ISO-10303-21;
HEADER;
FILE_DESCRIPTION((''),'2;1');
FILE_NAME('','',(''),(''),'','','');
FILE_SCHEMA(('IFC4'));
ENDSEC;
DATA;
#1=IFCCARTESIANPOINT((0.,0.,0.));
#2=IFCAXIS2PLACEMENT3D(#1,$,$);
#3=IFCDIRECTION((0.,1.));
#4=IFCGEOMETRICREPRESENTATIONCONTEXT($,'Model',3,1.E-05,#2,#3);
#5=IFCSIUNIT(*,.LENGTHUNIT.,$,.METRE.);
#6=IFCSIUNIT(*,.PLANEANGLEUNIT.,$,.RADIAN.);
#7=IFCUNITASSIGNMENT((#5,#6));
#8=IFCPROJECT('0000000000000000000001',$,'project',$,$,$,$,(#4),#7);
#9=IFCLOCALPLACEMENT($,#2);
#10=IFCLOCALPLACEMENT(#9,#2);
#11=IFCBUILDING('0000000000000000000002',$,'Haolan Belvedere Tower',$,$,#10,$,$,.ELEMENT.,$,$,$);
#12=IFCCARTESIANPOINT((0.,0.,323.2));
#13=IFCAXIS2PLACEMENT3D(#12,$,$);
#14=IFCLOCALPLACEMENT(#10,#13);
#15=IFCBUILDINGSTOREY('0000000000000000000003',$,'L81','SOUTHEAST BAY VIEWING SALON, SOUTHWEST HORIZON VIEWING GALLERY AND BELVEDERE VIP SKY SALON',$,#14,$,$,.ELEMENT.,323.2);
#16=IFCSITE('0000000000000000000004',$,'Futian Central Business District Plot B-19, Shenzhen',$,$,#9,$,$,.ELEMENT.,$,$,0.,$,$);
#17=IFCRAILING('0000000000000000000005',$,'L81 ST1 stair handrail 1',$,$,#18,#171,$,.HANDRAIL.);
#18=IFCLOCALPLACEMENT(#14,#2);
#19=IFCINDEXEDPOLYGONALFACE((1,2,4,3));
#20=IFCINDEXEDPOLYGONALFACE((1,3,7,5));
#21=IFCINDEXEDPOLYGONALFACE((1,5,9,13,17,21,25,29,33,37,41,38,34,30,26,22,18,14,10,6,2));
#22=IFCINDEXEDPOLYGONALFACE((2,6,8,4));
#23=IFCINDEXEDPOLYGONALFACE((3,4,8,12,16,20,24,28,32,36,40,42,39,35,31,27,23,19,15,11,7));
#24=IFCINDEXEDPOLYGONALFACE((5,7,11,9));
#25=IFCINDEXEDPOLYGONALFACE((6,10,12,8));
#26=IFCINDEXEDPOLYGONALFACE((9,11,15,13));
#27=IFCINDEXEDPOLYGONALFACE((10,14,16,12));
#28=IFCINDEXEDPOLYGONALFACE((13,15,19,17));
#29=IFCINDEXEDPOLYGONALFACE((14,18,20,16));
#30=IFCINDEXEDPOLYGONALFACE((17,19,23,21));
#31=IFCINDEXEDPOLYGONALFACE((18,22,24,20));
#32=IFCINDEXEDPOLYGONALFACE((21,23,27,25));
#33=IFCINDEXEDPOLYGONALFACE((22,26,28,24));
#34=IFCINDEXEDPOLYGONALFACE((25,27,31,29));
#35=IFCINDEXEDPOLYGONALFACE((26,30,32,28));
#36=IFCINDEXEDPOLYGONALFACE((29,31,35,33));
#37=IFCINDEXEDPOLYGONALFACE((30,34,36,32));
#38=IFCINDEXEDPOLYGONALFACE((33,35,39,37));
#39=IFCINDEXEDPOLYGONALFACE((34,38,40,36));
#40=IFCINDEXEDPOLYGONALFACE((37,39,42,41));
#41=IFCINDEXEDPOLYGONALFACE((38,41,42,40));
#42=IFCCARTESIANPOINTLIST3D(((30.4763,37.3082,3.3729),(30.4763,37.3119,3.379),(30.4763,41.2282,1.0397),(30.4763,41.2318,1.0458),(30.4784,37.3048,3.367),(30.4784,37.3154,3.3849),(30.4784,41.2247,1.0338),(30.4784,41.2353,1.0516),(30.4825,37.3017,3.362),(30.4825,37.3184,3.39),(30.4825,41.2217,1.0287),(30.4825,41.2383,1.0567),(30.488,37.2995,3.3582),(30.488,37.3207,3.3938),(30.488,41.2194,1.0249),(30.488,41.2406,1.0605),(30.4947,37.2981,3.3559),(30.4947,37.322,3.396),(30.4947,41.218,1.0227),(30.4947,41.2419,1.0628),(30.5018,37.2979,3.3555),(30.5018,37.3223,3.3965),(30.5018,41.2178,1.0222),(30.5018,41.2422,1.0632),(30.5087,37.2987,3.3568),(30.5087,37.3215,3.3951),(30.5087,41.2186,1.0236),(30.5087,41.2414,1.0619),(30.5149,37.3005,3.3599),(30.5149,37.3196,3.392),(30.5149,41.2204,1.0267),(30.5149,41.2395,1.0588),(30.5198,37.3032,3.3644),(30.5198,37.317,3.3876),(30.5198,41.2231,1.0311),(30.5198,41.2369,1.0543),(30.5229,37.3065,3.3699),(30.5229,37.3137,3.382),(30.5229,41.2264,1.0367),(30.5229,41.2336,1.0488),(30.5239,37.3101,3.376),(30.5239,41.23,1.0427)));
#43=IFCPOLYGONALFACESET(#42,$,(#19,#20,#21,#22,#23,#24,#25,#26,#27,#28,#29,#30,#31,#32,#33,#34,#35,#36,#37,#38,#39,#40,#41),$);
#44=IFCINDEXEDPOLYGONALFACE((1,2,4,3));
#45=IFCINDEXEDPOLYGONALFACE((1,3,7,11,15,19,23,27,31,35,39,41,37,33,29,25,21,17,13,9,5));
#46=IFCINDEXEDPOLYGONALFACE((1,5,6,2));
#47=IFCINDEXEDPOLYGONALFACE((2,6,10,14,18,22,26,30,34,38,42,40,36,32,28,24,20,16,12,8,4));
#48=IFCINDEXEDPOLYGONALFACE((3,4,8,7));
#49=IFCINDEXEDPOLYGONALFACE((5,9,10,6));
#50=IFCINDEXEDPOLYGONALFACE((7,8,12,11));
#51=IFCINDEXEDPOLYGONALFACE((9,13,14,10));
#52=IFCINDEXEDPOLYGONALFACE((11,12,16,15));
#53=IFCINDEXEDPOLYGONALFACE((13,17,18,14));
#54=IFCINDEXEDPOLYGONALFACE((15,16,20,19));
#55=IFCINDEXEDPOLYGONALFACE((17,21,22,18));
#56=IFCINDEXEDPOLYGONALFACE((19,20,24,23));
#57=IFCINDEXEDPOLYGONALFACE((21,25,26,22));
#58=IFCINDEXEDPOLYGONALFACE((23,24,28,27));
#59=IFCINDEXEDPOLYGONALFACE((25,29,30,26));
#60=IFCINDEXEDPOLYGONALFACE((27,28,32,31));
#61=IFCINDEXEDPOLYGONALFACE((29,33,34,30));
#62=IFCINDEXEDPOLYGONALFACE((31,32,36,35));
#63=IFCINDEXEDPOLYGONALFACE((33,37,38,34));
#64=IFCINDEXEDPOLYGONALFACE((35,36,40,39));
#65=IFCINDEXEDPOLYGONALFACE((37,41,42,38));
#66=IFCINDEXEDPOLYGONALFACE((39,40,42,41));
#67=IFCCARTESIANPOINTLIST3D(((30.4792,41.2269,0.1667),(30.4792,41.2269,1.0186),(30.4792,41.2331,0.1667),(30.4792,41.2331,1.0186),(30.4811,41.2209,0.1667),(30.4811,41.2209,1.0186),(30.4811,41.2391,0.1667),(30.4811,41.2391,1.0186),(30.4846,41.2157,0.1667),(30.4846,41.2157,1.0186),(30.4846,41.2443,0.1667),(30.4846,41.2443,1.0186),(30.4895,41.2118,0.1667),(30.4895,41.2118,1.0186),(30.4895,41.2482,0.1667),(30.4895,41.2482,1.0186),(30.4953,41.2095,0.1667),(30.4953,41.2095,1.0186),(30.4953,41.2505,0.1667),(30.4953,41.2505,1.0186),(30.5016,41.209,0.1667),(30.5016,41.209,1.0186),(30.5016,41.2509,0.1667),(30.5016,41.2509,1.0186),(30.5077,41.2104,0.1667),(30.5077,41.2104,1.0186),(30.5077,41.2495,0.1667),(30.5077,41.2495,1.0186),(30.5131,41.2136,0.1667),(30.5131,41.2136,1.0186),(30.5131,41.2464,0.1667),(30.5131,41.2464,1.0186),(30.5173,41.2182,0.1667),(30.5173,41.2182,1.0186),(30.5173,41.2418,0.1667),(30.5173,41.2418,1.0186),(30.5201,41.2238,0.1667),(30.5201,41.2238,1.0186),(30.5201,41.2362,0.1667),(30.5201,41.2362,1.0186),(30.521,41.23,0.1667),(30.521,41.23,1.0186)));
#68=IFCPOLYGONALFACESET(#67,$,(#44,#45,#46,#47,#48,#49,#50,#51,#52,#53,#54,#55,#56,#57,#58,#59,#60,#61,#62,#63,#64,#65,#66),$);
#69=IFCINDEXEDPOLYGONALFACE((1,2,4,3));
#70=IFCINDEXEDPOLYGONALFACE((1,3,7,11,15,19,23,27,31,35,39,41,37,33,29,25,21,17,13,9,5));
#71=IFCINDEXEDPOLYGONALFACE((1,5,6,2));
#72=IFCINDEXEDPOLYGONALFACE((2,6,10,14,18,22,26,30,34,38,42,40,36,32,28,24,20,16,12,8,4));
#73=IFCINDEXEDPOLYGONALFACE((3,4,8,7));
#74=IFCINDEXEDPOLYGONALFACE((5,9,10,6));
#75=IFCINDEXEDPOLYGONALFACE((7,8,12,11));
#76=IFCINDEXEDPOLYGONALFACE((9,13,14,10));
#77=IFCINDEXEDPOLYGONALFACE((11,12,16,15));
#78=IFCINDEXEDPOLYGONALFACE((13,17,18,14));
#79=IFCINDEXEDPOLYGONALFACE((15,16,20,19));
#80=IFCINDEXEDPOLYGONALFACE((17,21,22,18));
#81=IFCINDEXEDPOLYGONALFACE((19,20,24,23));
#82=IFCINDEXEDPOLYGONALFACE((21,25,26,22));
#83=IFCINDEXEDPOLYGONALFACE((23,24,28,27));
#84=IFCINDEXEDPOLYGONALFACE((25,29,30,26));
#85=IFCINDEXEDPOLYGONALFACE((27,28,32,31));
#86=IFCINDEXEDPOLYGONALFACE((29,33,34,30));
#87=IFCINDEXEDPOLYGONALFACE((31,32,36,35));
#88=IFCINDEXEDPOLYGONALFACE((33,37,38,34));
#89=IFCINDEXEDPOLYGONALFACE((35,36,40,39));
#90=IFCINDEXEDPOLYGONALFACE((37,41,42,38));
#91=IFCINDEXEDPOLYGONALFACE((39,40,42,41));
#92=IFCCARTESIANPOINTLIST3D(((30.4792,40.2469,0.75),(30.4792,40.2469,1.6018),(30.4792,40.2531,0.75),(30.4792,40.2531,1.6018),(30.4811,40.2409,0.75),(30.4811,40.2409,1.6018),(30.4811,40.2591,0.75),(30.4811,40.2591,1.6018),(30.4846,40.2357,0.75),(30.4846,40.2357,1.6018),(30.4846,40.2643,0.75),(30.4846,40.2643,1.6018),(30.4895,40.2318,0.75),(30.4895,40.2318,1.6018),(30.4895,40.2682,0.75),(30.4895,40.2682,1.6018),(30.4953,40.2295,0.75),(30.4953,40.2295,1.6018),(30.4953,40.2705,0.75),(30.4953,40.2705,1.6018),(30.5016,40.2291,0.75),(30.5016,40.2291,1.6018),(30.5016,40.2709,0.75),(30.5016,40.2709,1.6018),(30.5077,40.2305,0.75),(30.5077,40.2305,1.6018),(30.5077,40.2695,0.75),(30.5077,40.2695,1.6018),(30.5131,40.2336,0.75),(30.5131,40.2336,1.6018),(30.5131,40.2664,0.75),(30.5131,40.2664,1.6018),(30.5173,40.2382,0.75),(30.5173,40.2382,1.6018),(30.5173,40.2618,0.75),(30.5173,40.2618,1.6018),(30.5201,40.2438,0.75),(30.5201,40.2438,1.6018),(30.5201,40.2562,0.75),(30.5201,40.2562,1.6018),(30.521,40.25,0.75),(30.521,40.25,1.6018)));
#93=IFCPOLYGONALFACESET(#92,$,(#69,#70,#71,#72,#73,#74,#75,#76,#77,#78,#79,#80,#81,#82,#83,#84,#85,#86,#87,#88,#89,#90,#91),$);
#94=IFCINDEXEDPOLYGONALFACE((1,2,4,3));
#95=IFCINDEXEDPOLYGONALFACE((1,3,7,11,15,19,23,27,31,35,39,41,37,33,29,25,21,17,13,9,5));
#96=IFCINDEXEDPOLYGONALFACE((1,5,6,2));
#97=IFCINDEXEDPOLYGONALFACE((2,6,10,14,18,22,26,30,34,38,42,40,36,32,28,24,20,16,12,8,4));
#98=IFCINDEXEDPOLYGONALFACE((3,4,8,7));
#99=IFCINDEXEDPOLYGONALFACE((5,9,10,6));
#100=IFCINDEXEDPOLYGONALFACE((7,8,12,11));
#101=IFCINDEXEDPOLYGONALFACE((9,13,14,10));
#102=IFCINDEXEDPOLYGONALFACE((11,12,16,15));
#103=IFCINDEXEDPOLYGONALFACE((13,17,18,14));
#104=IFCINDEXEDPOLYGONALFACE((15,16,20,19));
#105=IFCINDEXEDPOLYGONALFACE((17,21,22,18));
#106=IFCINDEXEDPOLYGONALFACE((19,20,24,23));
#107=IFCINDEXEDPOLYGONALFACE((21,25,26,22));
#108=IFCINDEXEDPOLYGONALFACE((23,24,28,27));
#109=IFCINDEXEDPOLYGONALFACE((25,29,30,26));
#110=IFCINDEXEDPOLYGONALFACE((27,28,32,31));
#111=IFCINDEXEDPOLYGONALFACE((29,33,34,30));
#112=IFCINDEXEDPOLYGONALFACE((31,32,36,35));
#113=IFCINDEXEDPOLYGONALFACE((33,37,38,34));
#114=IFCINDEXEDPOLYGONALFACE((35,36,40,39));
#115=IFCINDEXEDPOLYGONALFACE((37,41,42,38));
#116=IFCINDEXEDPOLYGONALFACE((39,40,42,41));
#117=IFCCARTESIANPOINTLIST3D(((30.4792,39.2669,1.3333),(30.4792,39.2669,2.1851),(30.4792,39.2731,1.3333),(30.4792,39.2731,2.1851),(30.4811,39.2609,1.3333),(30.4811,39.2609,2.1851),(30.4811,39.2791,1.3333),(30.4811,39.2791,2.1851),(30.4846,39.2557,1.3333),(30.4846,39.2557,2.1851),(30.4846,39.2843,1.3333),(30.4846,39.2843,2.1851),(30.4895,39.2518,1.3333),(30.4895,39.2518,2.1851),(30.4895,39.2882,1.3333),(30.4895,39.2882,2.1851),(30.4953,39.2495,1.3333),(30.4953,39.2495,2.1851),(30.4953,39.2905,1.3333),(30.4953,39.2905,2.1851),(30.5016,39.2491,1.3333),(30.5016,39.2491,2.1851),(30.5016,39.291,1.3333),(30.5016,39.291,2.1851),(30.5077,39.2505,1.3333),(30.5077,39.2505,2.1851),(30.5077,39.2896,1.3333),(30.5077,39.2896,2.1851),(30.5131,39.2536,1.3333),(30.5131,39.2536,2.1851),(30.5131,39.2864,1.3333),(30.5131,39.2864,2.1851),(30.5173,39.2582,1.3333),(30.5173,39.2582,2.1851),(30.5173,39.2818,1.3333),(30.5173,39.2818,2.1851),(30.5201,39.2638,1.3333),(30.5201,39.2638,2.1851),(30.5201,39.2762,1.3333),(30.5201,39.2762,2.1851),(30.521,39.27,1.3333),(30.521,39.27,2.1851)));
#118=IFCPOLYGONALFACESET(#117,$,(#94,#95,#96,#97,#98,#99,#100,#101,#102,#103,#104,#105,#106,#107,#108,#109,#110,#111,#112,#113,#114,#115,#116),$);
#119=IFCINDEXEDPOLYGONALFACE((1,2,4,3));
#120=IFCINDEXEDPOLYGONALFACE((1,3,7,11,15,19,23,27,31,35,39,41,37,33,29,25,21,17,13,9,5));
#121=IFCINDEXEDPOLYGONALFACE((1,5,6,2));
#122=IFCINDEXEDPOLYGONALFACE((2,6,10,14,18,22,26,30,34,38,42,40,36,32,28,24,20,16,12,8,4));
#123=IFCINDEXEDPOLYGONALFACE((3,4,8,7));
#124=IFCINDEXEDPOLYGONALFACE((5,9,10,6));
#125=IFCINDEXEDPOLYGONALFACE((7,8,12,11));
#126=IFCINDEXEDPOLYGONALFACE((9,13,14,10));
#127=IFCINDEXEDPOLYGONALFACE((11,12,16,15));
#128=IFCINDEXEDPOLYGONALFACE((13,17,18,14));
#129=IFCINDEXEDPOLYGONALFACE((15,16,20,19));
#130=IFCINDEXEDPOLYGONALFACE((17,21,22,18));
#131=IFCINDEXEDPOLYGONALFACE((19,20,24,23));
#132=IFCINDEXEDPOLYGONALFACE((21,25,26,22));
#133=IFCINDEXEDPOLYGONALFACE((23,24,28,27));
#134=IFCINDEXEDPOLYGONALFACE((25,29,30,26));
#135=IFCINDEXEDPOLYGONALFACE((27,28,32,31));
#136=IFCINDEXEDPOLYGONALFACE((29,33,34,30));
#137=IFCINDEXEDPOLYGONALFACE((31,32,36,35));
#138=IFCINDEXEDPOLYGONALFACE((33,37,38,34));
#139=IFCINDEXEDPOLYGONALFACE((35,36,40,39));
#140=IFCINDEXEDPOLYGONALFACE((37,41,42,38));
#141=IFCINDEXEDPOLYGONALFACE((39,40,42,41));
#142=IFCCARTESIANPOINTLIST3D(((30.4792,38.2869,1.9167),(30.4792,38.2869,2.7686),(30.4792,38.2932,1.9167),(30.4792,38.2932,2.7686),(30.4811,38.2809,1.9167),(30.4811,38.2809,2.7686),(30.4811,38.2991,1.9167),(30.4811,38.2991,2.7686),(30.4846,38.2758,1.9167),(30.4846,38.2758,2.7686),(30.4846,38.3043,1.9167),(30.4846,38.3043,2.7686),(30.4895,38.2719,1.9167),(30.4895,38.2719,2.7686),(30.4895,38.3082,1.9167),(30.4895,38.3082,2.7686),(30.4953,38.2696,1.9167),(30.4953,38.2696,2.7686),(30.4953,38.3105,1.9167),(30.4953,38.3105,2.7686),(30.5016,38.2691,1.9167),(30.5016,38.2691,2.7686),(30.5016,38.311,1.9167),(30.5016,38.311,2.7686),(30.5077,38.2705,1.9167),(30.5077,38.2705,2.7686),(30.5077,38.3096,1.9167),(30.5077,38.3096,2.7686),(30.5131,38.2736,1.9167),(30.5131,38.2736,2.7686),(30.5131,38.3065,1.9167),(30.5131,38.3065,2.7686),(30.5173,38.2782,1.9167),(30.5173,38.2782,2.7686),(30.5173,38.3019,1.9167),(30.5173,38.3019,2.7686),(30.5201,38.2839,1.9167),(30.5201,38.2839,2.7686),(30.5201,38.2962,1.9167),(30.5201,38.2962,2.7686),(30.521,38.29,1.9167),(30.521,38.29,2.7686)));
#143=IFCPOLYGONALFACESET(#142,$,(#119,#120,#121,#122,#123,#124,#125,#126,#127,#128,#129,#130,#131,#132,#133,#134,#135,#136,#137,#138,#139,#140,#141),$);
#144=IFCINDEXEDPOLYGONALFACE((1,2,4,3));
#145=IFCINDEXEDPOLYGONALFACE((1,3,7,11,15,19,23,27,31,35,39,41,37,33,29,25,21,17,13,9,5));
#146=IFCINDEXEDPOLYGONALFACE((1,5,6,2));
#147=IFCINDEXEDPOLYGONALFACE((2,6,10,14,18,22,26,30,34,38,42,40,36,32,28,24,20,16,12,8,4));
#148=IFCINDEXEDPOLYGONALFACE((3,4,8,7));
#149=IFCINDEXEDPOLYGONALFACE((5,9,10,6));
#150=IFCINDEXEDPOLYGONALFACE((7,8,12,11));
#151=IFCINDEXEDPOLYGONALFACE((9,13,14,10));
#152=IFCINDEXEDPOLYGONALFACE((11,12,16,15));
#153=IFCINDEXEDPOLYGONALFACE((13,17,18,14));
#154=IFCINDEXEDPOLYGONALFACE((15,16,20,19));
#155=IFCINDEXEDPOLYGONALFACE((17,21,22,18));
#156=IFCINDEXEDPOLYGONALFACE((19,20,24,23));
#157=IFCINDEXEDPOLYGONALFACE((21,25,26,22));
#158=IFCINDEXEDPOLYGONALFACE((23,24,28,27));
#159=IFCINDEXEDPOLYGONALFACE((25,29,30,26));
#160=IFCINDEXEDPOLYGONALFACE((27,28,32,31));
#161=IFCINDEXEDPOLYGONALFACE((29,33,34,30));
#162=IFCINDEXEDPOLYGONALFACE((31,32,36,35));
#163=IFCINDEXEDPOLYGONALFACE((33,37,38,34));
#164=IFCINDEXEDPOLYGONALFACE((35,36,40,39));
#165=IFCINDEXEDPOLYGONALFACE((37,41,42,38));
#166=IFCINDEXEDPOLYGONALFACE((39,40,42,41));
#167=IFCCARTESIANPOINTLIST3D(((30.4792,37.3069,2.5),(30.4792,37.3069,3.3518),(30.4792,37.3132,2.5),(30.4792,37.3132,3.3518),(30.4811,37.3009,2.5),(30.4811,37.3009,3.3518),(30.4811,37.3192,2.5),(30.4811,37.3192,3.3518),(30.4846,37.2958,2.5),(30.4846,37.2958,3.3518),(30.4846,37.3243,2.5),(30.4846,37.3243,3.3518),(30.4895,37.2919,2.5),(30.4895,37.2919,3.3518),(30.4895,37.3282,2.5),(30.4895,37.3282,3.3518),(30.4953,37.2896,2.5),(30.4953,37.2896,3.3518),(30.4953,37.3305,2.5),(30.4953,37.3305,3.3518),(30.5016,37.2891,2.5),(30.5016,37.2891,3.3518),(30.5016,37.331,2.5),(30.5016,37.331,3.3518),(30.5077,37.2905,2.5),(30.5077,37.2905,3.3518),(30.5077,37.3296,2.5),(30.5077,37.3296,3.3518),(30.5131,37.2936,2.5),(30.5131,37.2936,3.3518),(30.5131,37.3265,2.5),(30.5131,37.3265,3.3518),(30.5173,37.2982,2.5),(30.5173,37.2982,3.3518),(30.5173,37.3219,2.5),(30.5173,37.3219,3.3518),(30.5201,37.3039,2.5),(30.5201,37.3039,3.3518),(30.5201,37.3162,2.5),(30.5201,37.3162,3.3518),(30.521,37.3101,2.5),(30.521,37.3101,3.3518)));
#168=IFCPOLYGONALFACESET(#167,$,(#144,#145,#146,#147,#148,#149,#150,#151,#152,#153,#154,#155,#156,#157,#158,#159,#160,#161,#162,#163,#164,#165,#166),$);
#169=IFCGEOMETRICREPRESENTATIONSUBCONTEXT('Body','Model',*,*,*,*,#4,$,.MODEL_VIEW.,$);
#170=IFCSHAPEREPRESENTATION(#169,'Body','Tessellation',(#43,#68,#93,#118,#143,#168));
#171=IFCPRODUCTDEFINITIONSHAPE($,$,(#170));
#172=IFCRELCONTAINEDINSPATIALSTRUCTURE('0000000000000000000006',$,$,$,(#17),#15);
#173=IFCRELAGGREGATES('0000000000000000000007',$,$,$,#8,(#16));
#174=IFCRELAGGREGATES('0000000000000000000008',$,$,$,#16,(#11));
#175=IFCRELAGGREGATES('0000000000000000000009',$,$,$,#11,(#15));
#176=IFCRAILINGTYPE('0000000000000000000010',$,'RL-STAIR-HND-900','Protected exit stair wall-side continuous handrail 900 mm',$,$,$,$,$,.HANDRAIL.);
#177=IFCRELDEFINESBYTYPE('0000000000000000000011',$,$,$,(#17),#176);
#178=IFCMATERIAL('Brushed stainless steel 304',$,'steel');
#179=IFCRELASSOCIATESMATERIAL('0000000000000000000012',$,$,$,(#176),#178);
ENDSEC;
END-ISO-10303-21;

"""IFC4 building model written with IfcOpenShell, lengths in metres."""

from ifc_helpers import new_model, si_unit, direction, frame, origin, origin_2d, place, context, subcontext, project, spatial, circle, extrude, material, type_object, element, save


model = new_model("IFC4")

# Units and contexts
model_context = context("Model", 3, precision=1e-05, world=origin(), true_north=direction((0.0, 1.0)))
body_context = subcontext(model_context, "Body", "Model", "MODEL_VIEW")
ifc_project = project(units=[si_unit("LENGTHUNIT", "METRE"), si_unit("PLANEANGLEUNIT", "RADIAN")], contexts=[model_context])

# Site, building, storey
site_placement = place(None, origin())
site = spatial("IfcSite", under=ifc_project, at=site_placement, Name="Futian Central Business District Plot B-19, Shenzhen", CompositionType="ELEMENT", RefElevation=0.0)
building_placement = place(site_placement, origin())
building = spatial("IfcBuilding", under=site, at=building_placement, Name="Haolan Belvedere Tower", CompositionType="ELEMENT")
storey_placement = place(building_placement, frame((0.0, 0.0, 323.2)))
storey = spatial("IfcBuildingStorey", under=building, at=storey_placement, Name="L81", Description="SOUTHEAST BAY VIEWING SALON, SOUTHWEST HORIZON VIEWING GALLERY AND BELVEDERE VIP SKY SALON", CompositionType="ELEMENT", Elevation=323.2)

# Railing
ifc_material_1 = material(Name="Brushed stainless steel 304", Category="steel")
railing_type_1 = type_object("IfcRailingType", Name="RL-STAIR-HND-900", Description="Protected exit stair wall-side continuous handrail 900 mm", PredefinedType="HANDRAIL", material=ifc_material_1)
railing_1_placement = place(storey_placement, frame((30.5, 41.23, 0.1667)))
element("IfcRailing", 1, at=railing_1_placement, inside=storey, type_object=railing_type_1, Name="L81 ST1 stair handrail 1", PredefinedType="HANDRAIL", context=body_context, shape_type="SweptSolid", body=[
    extrude(circle(Radius=0.0239, at=origin_2d()), frame((0.0, 0.0, 0.876), z_axis=(0.0, -0.859296, 0.511478), x_axis=(1.0, 0.0, 0.0)), (0.0, 0.0, 1.0), 4.5618),
    extrude(circle(Radius=0.021, at=origin_2d()), origin(), (0.0, 0.0, 1.0), 0.8518),
    extrude(circle(Radius=0.021, at=origin_2d()), frame((0.0, -0.98, 0.5833)), (0.0, 0.0, 1.0), 0.8518),
    extrude(circle(Radius=0.021, at=origin_2d()), frame((0.0, -1.96, 1.1665)), (0.0, 0.0, 1.0), 0.8518),
    extrude(circle(Radius=0.021, at=origin_2d()), frame((0.0, -2.9399, 1.75)), (0.0, 0.0, 1.0), 0.8518),
    extrude(circle(Radius=0.021, at=origin_2d()), frame((0.0, -3.9199, 2.3333)), (0.0, 0.0, 1.0), 0.8518),
])

save(model, "model.ifc")
